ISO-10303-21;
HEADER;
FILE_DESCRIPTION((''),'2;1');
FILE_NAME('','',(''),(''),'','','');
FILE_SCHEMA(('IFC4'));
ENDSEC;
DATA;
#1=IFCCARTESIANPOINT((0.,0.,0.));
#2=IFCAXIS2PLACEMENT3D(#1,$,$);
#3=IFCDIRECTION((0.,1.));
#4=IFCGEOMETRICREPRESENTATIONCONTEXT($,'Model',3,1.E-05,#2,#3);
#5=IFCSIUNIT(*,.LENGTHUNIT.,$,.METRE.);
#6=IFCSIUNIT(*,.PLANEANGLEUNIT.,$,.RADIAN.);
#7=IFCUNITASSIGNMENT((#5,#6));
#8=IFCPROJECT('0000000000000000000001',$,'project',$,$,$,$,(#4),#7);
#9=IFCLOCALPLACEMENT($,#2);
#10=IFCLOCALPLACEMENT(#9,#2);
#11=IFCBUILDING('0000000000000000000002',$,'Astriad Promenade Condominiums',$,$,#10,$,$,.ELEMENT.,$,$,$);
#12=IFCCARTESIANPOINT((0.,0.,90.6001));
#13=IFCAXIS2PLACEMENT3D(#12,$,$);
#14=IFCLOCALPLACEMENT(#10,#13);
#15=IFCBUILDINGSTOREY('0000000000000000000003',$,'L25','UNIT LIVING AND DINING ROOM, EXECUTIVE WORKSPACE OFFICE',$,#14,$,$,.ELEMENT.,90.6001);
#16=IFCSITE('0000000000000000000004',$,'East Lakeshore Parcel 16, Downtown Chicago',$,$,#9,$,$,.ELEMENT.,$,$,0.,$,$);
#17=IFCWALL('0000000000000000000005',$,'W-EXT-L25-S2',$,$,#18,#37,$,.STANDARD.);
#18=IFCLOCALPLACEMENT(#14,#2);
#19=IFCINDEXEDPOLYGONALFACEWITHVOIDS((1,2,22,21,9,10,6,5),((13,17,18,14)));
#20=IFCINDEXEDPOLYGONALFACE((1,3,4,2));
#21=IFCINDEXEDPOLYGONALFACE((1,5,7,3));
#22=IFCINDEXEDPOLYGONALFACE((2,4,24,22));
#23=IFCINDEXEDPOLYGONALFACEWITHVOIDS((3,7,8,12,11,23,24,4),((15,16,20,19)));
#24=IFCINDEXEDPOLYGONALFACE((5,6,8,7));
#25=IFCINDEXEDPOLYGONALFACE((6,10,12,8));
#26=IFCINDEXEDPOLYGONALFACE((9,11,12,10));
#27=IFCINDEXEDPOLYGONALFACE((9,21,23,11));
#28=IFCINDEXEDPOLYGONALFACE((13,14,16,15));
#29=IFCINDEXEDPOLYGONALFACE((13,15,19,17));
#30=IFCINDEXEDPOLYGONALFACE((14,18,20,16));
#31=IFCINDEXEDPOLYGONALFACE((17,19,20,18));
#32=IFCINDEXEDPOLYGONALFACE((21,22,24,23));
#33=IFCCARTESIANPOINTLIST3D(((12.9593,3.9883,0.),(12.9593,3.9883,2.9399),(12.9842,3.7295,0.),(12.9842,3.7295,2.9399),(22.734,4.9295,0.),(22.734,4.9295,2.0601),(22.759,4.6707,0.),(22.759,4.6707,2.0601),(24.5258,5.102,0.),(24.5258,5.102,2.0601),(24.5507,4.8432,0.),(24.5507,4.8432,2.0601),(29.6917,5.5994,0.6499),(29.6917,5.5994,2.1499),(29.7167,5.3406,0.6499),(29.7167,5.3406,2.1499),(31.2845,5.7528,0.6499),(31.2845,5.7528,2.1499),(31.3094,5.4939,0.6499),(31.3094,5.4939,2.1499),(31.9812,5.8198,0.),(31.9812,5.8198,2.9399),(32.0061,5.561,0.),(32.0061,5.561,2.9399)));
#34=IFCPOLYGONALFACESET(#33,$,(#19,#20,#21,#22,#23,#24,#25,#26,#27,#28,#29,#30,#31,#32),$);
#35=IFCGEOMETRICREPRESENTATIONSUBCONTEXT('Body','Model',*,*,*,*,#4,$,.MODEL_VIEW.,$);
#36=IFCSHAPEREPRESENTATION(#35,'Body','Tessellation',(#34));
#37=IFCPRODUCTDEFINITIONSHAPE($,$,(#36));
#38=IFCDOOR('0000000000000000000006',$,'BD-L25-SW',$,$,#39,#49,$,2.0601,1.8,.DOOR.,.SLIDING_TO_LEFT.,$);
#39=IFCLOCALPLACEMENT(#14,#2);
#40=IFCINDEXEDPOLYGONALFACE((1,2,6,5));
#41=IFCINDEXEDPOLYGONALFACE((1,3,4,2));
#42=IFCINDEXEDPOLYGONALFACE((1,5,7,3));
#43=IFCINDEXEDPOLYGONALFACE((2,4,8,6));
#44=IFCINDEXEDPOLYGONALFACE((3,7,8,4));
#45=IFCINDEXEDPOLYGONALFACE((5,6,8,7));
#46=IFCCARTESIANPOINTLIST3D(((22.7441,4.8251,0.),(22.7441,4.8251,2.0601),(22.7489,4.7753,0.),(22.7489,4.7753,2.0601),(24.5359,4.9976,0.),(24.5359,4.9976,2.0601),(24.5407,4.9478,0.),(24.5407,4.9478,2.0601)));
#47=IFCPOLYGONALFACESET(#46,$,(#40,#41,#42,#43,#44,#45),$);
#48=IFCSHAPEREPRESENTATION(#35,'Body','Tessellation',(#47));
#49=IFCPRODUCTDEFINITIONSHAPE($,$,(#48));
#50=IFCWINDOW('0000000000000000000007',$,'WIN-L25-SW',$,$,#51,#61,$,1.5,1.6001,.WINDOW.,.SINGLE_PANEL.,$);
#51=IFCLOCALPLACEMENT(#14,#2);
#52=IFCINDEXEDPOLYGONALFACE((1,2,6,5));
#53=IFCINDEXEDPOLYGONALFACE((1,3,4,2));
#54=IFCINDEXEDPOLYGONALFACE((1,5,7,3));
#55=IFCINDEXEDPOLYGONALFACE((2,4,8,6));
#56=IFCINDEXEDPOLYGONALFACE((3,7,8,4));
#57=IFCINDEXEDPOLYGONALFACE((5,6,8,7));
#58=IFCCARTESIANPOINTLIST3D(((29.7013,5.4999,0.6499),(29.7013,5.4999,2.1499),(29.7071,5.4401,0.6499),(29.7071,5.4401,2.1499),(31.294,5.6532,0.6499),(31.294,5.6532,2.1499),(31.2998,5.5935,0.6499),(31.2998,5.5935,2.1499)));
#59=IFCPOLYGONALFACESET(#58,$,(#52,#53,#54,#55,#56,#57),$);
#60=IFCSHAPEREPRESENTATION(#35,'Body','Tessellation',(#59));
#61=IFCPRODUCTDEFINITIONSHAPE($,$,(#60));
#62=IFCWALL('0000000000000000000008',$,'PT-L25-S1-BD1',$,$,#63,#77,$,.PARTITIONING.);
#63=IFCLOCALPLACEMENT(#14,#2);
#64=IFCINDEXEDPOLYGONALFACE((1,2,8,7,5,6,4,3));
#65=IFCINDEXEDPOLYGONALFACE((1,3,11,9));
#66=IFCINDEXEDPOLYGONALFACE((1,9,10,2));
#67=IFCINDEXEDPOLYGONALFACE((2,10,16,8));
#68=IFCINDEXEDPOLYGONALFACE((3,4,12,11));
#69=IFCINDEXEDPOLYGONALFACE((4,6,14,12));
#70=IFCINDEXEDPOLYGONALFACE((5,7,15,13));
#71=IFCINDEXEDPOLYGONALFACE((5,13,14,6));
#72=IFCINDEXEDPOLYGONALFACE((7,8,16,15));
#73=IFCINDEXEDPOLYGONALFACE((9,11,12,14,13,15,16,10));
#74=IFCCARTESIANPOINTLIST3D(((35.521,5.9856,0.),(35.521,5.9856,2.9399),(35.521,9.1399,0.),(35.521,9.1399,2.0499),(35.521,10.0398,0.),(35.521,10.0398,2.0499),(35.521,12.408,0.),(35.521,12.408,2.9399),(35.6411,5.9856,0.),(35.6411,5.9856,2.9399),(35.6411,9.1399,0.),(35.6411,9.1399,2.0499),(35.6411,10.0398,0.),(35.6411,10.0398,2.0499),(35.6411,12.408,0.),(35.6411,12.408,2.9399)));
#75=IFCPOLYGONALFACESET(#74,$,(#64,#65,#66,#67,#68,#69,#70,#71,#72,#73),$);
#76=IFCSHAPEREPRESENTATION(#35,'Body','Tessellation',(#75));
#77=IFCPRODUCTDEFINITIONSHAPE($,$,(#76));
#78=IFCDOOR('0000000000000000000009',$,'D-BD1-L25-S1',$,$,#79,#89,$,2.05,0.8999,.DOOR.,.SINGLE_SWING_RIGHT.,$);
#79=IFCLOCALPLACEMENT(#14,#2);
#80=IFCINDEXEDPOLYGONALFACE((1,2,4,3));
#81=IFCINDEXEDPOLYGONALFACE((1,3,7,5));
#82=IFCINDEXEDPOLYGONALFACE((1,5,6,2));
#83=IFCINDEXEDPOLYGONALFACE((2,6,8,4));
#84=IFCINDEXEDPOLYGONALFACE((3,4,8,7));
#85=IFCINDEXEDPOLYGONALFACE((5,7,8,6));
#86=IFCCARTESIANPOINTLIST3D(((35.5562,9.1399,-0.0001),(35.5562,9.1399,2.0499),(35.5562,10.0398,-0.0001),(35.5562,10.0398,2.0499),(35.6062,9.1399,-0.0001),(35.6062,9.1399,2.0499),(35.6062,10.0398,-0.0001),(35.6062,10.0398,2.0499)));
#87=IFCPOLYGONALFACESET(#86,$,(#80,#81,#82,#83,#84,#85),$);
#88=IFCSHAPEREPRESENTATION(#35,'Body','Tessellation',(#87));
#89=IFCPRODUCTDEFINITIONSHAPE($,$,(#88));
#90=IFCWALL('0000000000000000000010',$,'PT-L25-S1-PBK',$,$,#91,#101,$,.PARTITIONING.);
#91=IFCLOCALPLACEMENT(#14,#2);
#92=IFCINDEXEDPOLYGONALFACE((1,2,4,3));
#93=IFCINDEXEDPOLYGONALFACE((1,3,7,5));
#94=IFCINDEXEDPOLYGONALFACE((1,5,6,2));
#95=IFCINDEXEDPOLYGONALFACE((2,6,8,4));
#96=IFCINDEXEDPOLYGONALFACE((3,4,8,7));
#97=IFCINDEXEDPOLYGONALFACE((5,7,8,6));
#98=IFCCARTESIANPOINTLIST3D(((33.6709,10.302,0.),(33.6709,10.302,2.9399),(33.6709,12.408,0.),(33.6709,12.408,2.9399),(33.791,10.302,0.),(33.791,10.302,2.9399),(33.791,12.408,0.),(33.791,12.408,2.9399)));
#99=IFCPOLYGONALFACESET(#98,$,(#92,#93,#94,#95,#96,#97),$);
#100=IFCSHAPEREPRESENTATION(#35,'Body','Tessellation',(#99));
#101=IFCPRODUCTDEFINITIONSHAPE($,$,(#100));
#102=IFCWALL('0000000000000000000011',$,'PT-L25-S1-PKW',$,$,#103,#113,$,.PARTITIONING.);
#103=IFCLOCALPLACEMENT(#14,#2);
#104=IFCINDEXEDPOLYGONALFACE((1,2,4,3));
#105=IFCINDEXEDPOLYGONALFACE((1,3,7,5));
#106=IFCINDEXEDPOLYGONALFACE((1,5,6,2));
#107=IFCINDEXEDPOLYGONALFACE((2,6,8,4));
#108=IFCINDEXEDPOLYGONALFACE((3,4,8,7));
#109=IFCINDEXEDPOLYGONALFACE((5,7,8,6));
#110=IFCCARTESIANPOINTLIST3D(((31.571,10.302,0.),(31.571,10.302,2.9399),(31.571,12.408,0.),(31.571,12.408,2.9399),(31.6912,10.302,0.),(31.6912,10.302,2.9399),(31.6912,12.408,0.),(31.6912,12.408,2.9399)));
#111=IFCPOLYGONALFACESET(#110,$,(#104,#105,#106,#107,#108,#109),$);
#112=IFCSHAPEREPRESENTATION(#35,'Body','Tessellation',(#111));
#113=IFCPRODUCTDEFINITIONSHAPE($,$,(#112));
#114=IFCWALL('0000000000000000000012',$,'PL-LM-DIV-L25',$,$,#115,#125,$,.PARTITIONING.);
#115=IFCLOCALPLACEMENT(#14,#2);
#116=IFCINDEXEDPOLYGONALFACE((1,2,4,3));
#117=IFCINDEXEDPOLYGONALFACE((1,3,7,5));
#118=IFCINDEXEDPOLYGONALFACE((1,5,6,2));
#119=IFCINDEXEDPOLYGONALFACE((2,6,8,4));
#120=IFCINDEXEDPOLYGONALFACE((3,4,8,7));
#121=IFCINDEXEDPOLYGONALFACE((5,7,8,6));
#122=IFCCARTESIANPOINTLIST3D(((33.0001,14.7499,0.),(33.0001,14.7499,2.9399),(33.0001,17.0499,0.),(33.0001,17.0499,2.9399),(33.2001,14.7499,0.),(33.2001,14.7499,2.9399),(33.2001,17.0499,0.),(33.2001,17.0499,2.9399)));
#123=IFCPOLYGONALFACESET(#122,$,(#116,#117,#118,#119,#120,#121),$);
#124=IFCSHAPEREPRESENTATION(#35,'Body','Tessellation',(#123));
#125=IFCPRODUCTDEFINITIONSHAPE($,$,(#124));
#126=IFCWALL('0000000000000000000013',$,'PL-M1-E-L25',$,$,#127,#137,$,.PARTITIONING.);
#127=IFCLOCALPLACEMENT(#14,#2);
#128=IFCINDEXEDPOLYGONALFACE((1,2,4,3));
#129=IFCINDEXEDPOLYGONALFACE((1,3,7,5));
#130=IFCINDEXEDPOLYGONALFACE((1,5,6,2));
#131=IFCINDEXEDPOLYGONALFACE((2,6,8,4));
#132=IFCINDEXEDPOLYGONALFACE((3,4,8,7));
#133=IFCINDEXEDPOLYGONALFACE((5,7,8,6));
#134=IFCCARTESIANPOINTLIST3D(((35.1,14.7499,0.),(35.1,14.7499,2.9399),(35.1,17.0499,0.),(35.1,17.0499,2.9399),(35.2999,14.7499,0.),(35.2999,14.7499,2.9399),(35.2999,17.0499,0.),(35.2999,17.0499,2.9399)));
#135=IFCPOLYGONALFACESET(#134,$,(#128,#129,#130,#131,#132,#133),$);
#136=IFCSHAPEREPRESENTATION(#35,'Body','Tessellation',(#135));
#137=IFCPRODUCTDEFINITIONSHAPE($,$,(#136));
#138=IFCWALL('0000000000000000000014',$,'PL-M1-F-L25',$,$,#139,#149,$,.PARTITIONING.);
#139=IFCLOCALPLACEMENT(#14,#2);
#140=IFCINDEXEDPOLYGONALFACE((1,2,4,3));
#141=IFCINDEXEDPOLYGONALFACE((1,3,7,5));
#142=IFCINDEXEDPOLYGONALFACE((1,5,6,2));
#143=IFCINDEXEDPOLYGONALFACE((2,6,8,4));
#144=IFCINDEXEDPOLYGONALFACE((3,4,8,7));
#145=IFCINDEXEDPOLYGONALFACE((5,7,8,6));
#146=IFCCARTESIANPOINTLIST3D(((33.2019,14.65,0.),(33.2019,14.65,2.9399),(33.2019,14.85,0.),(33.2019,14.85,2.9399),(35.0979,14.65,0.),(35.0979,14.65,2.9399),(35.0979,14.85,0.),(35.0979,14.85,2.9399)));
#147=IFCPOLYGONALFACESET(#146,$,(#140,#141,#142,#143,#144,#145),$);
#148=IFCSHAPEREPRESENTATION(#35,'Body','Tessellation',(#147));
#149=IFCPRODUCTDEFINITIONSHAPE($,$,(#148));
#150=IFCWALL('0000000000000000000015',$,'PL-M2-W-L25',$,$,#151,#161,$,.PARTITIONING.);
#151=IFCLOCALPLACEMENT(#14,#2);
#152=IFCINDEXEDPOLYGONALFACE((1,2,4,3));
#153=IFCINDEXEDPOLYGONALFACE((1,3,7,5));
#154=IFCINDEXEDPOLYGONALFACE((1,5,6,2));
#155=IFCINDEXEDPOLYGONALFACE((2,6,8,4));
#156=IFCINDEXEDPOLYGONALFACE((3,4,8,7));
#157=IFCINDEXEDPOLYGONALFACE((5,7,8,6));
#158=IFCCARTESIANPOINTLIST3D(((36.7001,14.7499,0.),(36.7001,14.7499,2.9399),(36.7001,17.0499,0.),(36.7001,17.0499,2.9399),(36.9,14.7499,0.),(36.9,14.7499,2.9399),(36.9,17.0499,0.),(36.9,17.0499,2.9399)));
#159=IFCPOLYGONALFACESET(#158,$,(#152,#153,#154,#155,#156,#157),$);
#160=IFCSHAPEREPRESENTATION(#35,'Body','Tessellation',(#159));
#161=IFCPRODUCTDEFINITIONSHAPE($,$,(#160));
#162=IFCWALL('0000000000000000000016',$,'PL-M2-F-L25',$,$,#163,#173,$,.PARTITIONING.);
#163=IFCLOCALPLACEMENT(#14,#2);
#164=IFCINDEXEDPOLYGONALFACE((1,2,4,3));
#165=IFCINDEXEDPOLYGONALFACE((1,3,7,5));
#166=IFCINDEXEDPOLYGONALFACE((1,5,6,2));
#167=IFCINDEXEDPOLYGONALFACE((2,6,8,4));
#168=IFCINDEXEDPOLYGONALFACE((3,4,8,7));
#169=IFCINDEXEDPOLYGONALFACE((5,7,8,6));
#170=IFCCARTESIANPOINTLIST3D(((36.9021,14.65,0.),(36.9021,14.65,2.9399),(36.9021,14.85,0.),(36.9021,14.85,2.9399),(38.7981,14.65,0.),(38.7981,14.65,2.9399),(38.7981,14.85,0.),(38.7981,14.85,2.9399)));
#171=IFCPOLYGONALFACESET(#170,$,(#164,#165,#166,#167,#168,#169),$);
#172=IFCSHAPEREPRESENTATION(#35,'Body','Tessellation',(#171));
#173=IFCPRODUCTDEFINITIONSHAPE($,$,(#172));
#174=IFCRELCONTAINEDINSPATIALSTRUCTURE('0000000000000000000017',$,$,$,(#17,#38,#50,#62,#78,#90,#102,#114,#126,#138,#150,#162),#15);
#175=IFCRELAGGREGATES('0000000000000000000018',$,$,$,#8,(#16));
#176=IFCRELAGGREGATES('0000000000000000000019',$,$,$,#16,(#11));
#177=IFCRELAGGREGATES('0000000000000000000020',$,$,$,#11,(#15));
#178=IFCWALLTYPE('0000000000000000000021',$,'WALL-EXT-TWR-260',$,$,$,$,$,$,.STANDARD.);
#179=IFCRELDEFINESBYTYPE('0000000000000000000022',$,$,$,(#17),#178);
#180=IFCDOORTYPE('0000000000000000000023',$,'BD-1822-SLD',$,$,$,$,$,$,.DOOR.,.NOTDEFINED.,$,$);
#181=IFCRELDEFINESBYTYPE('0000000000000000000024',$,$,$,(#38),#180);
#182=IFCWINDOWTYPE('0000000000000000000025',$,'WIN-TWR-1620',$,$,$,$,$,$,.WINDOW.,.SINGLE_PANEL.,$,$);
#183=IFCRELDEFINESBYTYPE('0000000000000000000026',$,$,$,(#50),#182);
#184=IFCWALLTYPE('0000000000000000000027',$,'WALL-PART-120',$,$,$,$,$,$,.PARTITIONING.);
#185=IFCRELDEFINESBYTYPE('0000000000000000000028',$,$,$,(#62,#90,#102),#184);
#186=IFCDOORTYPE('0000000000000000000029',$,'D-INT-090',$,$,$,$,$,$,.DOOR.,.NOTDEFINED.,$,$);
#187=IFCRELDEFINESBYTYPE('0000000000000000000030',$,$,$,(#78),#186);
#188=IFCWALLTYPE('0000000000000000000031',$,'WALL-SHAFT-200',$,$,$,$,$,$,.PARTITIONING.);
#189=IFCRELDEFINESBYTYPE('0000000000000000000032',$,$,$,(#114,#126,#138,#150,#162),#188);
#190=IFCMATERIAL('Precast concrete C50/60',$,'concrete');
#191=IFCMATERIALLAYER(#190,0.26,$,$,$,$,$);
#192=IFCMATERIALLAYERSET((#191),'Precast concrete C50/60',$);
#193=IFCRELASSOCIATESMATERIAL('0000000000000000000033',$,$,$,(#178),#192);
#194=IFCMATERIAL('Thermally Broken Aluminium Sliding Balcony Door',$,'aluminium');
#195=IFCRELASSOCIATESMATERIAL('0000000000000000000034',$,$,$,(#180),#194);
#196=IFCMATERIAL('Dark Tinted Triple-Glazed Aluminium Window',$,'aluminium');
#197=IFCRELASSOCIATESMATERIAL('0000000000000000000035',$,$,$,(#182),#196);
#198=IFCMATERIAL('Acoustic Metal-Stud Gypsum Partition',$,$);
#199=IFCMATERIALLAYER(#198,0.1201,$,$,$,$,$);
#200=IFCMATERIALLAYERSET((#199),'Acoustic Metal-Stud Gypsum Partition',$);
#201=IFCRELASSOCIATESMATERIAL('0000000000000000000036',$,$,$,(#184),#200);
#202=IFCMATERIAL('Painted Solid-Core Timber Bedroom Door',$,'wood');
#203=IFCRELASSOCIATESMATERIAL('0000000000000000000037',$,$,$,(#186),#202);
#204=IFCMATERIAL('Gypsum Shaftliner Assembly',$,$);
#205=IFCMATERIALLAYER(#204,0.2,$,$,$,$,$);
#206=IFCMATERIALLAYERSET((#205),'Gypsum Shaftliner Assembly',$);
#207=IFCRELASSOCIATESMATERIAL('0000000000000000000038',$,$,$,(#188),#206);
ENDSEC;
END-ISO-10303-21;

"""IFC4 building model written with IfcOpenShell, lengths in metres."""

from ifc_helpers import new_model, si_unit, direction, frame, frame_2d, origin, place, context, subcontext, project, spatial, rectangle, extrude, source, transform, mapped, material, layer, layer_set, type_object, type_shapes, element, fill, save


model = new_model("IFC4")

# Units and contexts
model_context = context("Model", 3, precision=1e-05, world=origin(), true_north=direction((0.0, 1.0)))
body_context = subcontext(model_context, "Body", "Model", "MODEL_VIEW")
ifc_project = project(units=[si_unit("LENGTHUNIT", "METRE"), si_unit("PLANEANGLEUNIT", "RADIAN")], contexts=[model_context])

# Site, building, storey
site_placement = place(None, origin())
site = spatial("IfcSite", under=ifc_project, at=site_placement, Name="East Lakeshore Parcel 16, Downtown Chicago", CompositionType="ELEMENT", RefElevation=0.0)
building_placement = place(site_placement, origin())
building = spatial("IfcBuilding", under=site, at=building_placement, Name="Astriad Promenade Condominiums", CompositionType="ELEMENT")
storey_placement = place(building_placement, frame((0.0, 0.0, 90.6001)))
storey = spatial("IfcBuildingStorey", under=building, at=storey_placement, Name="L25", Description="UNIT LIVING AND DINING ROOM, EXECUTIVE WORKSPACE OFFICE", CompositionType="ELEMENT", Elevation=90.6001)

# Wall, openings, door, window
ifc_material_1 = material(Name="Precast concrete C50/60", Category="concrete")
ifc_layer_1 = layer(ifc_material_1, 0.26)
ifc_layer_set_1 = layer_set([ifc_layer_1], Name="Precast concrete C50/60")
wall_type_1 = type_object("IfcWallType", Name="WALL-EXT-TWR-260", PredefinedType="STANDARD", material=ifc_layer_set_1)
wall_1_placement = place(storey_placement, frame((31.9937, 5.6904, 0.0), z_axis=(0.0, 0.0, 1.0), x_axis=(-0.995397, -0.095842, 0.0)))
wall_1 = element("IfcWall", 1, at=wall_1_placement, inside=storey, type_object=wall_type_1, Name="W-EXT-L25-S2", PredefinedType="STANDARD", context=body_context, shape_type="SweptSolid", body=[
    extrude(rectangle(XDim=19.1099, YDim=0.26, at=frame_2d((9.5549, 0.0))), origin(), (0.0, 0.0, 1.0), 2.9399),
])
opening_1_placement = place(wall_1_placement, frame((7.49, 0.0, 0.0)))
opening_1 = element("IfcOpeningElement", 2, at=opening_1_placement, cuts=wall_1, PredefinedType="OPENING", context=body_context, shape_type="SweptSolid", body=[
    extrude(rectangle(XDim=1.8, YDim=2.0601, at=frame_2d((0.8999, 1.03))), frame((0.0, 0.1399, 0.0), z_axis=(0.0, -1.0, 0.0), x_axis=(1.0, 0.0, 0.0)), (0.0, 0.0, 1.0), 0.28),
])
opening_2_placement = place(wall_1_placement, frame((0.7, 0.0, 0.6499)))
opening_2 = element("IfcOpeningElement", 3, at=opening_2_placement, cuts=wall_1, PredefinedType="OPENING", context=body_context, shape_type="SweptSolid", body=[
    extrude(rectangle(XDim=1.6001, YDim=1.5, at=frame_2d((0.8, 0.75))), frame((0.0, 0.1399, 0.0), z_axis=(0.0, -1.0, 0.0), x_axis=(1.0, 0.0, 0.0)), (0.0, 0.0, 1.0), 0.28),
])
ifc_material_2 = material(Name="Thermally Broken Aluminium Sliding Balcony Door", Category="aluminium")
door_type_1 = type_object("IfcDoorType", Name="BD-1822-SLD", OperationType="NOTDEFINED", PredefinedType="DOOR", material=ifc_material_2)
shared_shape_1 = source(origin(), body_context, "Body", "SweptSolid", [
    extrude(rectangle(XDim=1.8, YDim=2.0601, at=frame_2d((0.8999, 1.03))), frame((0.0, 0.0249, 0.0), z_axis=(0.0, -1.0, 0.0), x_axis=(1.0, 0.0, 0.0)), (0.0, 0.0, 1.0), 0.05),
])
type_shapes(door_type_1, [shared_shape_1])
door_1_placement = place(opening_1_placement, origin())
door_1 = element("IfcDoor", 4, at=door_1_placement, inside=storey, type_object=door_type_1, Name="BD-L25-SW", OperationType="SLIDING_TO_LEFT", OverallHeight=2.0601, OverallWidth=1.8, PredefinedType="DOOR", context=body_context, shape_type="MappedRepresentation", body=[
    mapped(shared_shape_1, transform((0.0, 0.0, 0.0), scale=1.0)),
])
fill(opening_1, door_1)
ifc_material_3 = material(Name="Dark Tinted Triple-Glazed Aluminium Window", Category="aluminium")
window_type = type_object("IfcWindowType", Name="WIN-TWR-1620", PartitioningType="SINGLE_PANEL", PredefinedType="WINDOW", material=ifc_material_3)
shared_shape_2 = source(origin(), body_context, "Body", "SweptSolid", [
    extrude(rectangle(XDim=1.6001, YDim=1.5, at=frame_2d((0.8, 0.75))), frame((0.0, 0.03, 0.0), z_axis=(0.0, -1.0, 0.0), x_axis=(1.0, 0.0, 0.0)), (0.0, 0.0, 1.0), 0.0601),
])
type_shapes(window_type, [shared_shape_2])
window_placement = place(opening_2_placement, origin())
window = element("IfcWindow", 5, at=window_placement, inside=storey, type_object=window_type, Name="WIN-L25-SW", OverallHeight=1.5, OverallWidth=1.6001, PartitioningType="SINGLE_PANEL", PredefinedType="WINDOW", context=body_context, shape_type="MappedRepresentation", body=[
    mapped(shared_shape_2, transform((0.0, 0.0, 0.0), scale=1.0)),
])
fill(opening_2, window)

# Wall, opening, door
ifc_material_4 = material(Name="Acoustic Metal-Stud Gypsum Partition")
ifc_layer_2 = layer(ifc_material_4, 0.1201)
ifc_layer_set_2 = layer_set([ifc_layer_2], Name="Acoustic Metal-Stud Gypsum Partition")
wall_type_2 = type_object("IfcWallType", Name="WALL-PART-120", PredefinedType="PARTITIONING", material=ifc_layer_set_2)
wall_2_placement = place(storey_placement, frame((35.5811, 5.9856, 0.0), z_axis=(0.0, 0.0, 1.0), x_axis=(0.0, 1.0, 0.0)))
wall_2 = element("IfcWall", 6, at=wall_2_placement, inside=storey, type_object=wall_type_2, Name="PT-L25-S1-BD1", PredefinedType="PARTITIONING", context=body_context, shape_type="SweptSolid", body=[
    extrude(rectangle(XDim=6.4224, YDim=0.1201, at=frame_2d((3.2112, 0.0))), origin(), (0.0, 0.0, 1.0), 2.9399),
])
opening_3_placement = place(wall_2_placement, frame((3.1543, 0.0, 0.0)))
opening_3 = element("IfcOpeningElement", 7, at=opening_3_placement, cuts=wall_2, PredefinedType="OPENING", context=body_context, shape_type="SweptSolid", body=[
    extrude(rectangle(XDim=0.8999, YDim=2.05, at=frame_2d((0.45, 1.0249))), frame((0.0, 0.0701, 0.0), z_axis=(0.0, -1.0, 0.0), x_axis=(1.0, 0.0, 0.0)), (0.0, 0.0, 1.0), 0.1401),
])
ifc_material_5 = material(Name="Painted Solid-Core Timber Bedroom Door", Category="wood")
door_type_2 = type_object("IfcDoorType", Name="D-INT-090", OperationType="NOTDEFINED", PredefinedType="DOOR", material=ifc_material_5)
shared_shape_3 = source(origin(), body_context, "Body", "SweptSolid", [
    extrude(rectangle(XDim=0.8999, YDim=2.05, at=frame_2d((0.45, 1.0249))), frame((0.0, 0.0249, 0.0), z_axis=(0.0, -1.0, 0.0), x_axis=(1.0, 0.0, 0.0)), (0.0, 0.0, 1.0), 0.05),
])
type_shapes(door_type_2, [shared_shape_3])
door_2_placement = place(opening_3_placement, origin())
door_2 = element("IfcDoor", 8, at=door_2_placement, inside=storey, type_object=door_type_2, Name="D-BD1-L25-S1", OperationType="SINGLE_SWING_RIGHT", OverallHeight=2.05, OverallWidth=0.8999, PredefinedType="DOOR", context=body_context, shape_type="MappedRepresentation", body=[
    mapped(shared_shape_3, transform((0.0, 0.0, 0.0), scale=1.0)),
])
fill(opening_3, door_2)

# Walls
for number, where, z_axis, x_axis, name in (
    (9, (33.731, 10.302, 0.0), (0.0, 0.0, 1.0), (0.0, 1.0, 0.0), "PT-L25-S1-PBK"),
    (10, (31.6311, 10.302, 0.0), (0.0, 0.0, 1.0), (0.0, 1.0, 0.0), "PT-L25-S1-PKW"),
):
    element("IfcWall", number, at=place(storey_placement, frame(where, z_axis=z_axis, x_axis=x_axis)), inside=storey, type_object=wall_type_2, Name=name, PredefinedType="PARTITIONING", context=body_context, shape_type="SweptSolid", body=[
        extrude(rectangle(XDim=2.106, YDim=0.1201, at=frame_2d((1.053, 0.0))), origin(), (0.0, 0.0, 1.0), 2.9399),
    ])
ifc_material_6 = material(Name="Gypsum Shaftliner Assembly")
ifc_layer_3 = layer(ifc_material_6, 0.2)
ifc_layer_set_3 = layer_set([ifc_layer_3], Name="Gypsum Shaftliner Assembly")
wall_type_3 = type_object("IfcWallType", Name="WALL-SHAFT-200", PredefinedType="PARTITIONING", material=ifc_layer_set_3)
for number, where, z_axis, x_axis, name in (
    (11, (33.1001, 14.75, 0.0), (0.0, 0.0, 1.0), (0.0, 1.0, 0.0), "PL-LM-DIV-L25"),
    (12, (35.2, 14.75, 0.0), (0.0, 0.0, 1.0), (0.0, 1.0, 0.0), "PL-M1-E-L25"),
):
    element("IfcWall", number, at=place(storey_placement, frame(where, z_axis=z_axis, x_axis=x_axis)), inside=storey, type_object=wall_type_3, Name=name, PredefinedType="PARTITIONING", context=body_context, shape_type="SweptSolid", body=[
        extrude(rectangle(XDim=2.3, YDim=0.2, at=frame_2d((1.1499, 0.0))), origin(), (0.0, 0.0, 1.0), 2.9399),
    ])
wall_3_placement = place(storey_placement, frame((33.2019, 14.75, 0.0), z_axis=(0.0, 0.0, 1.0), x_axis=(1.0, 0.0, 0.0)))
element("IfcWall", 13, at=wall_3_placement, inside=storey, type_object=wall_type_3, Name="PL-M1-F-L25", PredefinedType="PARTITIONING", context=body_context, shape_type="SweptSolid", body=[
    extrude(rectangle(XDim=1.896, YDim=0.2, at=frame_2d((0.948, 0.0))), origin(), (0.0, 0.0, 1.0), 2.9399),
])
wall_4_placement = place(storey_placement, frame((36.8, 14.75, 0.0), z_axis=(0.0, 0.0, 1.0), x_axis=(0.0, 1.0, 0.0)))
element("IfcWall", 14, at=wall_4_placement, inside=storey, type_object=wall_type_3, Name="PL-M2-W-L25", PredefinedType="PARTITIONING", context=body_context, shape_type="SweptSolid", body=[
    extrude(rectangle(XDim=2.3, YDim=0.2, at=frame_2d((1.1499, 0.0))), origin(), (0.0, 0.0, 1.0), 2.9399),
])
wall_5_placement = place(storey_placement, frame((36.9021, 14.75, 0.0), z_axis=(0.0, 0.0, 1.0), x_axis=(1.0, 0.0, 0.0)))
element("IfcWall", 15, at=wall_5_placement, inside=storey, type_object=wall_type_3, Name="PL-M2-F-L25", PredefinedType="PARTITIONING", context=body_context, shape_type="SweptSolid", body=[
    extrude(rectangle(XDim=1.896, YDim=0.2, at=frame_2d((0.948, 0.0))), origin(), (0.0, 0.0, 1.0), 2.9399),
])

save(model, "model.ifc")
